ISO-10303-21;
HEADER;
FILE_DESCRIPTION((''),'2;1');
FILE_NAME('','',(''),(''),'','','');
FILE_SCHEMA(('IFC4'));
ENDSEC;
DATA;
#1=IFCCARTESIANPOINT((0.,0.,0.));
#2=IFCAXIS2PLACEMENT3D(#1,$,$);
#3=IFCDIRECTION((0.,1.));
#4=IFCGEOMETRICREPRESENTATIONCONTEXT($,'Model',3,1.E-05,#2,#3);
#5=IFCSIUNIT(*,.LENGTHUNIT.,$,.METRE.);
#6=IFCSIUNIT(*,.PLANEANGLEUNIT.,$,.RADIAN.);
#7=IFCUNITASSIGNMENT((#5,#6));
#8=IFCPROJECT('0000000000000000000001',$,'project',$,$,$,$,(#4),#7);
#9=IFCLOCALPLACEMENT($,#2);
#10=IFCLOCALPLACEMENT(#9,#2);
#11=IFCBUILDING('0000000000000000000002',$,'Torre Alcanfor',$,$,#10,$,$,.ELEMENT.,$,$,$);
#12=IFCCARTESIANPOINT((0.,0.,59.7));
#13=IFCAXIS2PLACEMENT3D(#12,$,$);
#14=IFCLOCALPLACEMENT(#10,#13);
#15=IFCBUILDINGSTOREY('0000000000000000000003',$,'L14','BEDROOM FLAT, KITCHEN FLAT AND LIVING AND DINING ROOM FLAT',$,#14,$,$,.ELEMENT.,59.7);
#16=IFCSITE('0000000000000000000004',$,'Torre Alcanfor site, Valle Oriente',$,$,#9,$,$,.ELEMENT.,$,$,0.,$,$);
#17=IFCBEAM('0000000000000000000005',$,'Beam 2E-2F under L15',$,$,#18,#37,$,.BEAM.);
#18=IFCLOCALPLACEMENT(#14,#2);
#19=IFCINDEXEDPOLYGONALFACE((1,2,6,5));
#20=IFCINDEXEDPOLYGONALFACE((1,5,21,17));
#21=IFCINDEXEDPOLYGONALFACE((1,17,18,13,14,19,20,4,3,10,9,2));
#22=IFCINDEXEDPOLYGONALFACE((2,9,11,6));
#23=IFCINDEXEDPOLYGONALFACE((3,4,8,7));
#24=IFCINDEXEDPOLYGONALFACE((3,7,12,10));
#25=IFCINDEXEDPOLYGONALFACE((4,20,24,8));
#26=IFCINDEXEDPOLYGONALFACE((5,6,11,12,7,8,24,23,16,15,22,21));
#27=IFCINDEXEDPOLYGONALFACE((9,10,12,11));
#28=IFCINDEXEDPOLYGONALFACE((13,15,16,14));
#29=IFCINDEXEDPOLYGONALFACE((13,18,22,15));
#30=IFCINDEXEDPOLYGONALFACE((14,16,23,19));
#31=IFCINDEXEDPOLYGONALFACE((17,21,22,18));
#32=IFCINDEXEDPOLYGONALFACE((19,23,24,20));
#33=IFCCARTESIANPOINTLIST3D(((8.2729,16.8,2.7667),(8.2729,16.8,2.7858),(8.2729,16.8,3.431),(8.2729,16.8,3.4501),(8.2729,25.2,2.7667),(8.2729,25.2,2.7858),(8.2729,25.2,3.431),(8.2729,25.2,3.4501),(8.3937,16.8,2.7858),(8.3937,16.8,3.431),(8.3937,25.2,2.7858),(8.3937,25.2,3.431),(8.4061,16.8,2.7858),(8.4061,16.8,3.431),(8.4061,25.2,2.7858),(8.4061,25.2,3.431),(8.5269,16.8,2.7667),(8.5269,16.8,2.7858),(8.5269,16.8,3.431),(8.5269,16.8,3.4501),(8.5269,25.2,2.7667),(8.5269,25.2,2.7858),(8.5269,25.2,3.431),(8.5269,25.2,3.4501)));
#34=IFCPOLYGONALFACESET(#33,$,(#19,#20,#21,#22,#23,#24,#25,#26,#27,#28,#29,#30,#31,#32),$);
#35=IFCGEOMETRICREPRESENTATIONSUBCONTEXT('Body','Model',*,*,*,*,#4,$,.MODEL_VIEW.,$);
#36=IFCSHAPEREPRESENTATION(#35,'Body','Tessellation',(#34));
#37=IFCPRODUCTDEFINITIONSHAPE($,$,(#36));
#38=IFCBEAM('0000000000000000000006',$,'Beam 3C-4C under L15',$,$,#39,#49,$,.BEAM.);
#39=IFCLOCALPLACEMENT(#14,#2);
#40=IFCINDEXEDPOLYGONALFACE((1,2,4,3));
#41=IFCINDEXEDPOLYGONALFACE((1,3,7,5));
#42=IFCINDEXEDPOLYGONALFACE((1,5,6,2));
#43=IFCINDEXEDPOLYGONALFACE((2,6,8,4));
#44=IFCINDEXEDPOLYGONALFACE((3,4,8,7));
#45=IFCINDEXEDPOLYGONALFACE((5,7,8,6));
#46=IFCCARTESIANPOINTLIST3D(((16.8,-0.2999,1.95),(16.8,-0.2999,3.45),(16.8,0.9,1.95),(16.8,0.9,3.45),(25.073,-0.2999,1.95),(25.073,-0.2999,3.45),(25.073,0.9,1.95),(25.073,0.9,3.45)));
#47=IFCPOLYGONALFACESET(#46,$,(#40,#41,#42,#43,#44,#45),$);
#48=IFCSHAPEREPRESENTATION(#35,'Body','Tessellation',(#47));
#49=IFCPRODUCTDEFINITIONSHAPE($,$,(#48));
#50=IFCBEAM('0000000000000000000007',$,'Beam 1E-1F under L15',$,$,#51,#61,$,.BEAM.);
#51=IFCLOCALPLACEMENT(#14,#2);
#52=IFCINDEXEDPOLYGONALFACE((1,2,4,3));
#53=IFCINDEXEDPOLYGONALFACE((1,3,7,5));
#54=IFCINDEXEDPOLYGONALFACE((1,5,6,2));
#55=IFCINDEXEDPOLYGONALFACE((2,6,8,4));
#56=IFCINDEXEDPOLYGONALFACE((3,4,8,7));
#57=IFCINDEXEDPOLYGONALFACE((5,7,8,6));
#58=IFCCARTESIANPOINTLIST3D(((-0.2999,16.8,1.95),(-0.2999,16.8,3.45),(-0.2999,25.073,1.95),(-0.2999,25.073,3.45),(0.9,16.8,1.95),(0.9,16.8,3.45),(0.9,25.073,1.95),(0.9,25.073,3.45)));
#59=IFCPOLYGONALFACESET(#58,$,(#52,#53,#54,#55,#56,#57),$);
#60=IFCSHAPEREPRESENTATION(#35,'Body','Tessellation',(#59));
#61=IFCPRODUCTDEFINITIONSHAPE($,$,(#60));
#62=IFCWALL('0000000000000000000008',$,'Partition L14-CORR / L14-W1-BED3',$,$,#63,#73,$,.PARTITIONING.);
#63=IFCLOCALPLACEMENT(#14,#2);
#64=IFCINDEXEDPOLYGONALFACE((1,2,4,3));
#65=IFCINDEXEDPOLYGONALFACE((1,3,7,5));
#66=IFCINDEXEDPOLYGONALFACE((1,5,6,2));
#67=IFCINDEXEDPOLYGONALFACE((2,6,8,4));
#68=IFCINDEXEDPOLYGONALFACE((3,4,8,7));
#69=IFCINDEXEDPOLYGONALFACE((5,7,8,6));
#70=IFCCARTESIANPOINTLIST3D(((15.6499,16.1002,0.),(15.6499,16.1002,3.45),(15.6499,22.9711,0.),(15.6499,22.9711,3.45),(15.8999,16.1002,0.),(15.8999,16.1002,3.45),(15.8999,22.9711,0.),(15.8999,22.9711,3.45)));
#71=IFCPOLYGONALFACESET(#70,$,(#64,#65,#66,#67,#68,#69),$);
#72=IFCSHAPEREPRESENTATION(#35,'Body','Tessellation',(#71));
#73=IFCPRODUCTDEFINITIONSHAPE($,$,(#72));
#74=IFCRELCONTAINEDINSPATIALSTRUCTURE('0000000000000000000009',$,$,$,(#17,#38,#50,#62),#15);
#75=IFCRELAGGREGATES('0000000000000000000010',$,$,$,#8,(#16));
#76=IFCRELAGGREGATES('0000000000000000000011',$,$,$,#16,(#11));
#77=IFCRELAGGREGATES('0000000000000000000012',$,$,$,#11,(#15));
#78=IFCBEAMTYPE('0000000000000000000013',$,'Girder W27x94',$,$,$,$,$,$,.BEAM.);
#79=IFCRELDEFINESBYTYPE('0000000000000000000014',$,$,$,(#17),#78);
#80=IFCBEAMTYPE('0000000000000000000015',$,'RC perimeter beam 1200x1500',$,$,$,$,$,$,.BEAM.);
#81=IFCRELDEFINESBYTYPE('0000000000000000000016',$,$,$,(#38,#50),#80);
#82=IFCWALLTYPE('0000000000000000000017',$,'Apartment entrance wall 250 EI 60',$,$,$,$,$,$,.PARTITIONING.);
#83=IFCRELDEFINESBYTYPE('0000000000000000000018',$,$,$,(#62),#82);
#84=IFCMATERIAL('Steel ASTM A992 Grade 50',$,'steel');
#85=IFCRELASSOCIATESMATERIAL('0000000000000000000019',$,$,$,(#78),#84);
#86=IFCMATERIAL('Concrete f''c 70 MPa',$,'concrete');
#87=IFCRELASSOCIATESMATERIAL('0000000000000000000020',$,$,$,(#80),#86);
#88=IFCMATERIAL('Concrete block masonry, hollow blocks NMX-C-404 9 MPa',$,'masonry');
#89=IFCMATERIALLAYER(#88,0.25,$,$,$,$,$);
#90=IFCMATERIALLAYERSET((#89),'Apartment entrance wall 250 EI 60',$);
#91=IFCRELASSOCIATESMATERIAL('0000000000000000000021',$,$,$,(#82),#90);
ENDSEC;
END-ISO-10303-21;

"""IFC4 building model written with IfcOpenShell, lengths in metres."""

from ifc_helpers import new_model, si_unit, direction, frame, frame_2d, origin, origin_2d, place, context, subcontext, project, spatial, rectangle, i_section, extrude, material, layer, layer_set, material_profile, profile_set, type_object, element, save


model = new_model("IFC4")

# Units and contexts
model_context = context("Model", 3, precision=1e-05, world=origin(), true_north=direction((0.0, 1.0)))
body_context = subcontext(model_context, "Body", "Model", "MODEL_VIEW")
ifc_project = project(units=[si_unit("LENGTHUNIT", "METRE"), si_unit("PLANEANGLEUNIT", "RADIAN")], contexts=[model_context])

# Site, building, storey
site_placement = place(None, origin())
site = spatial("IfcSite", under=ifc_project, at=site_placement, Name="Torre Alcanfor site, Valle Oriente", CompositionType="ELEMENT", RefElevation=0.0)
building_placement = place(site_placement, origin())
building = spatial("IfcBuilding", under=site, at=building_placement, Name="Torre Alcanfor", CompositionType="ELEMENT")
storey_placement = place(building_placement, frame((0.0, 0.0, 59.7)))
storey = spatial("IfcBuildingStorey", under=building, at=storey_placement, Name="L14", Description="BEDROOM FLAT, KITCHEN FLAT AND LIVING AND DINING ROOM FLAT", CompositionType="ELEMENT", Elevation=59.7)

# Beams
ifc_material_1 = material(Name="Steel ASTM A992 Grade 50", Category="steel")
ifc_material_profile_1 = material_profile(ifc_material_1, i_section(OverallWidth=0.2539, OverallDepth=0.6833, WebThickness=0.0125, FlangeThickness=0.019, at=origin_2d()), Name="W27x94")
ifc_profile_set_1 = profile_set([ifc_material_profile_1], Name="Steel ASTM A992 Grade 50")
beam_type_1 = type_object("IfcBeamType", Name="Girder W27x94", PredefinedType="BEAM", material=ifc_profile_set_1)
beam_placement = place(storey_placement, frame((8.3999, 16.8, 3.1084), z_axis=(0.0, 1.0, 0.0), x_axis=(-1.0, 0.0, 0.0)))
element("IfcBeam", 1, at=beam_placement, inside=storey, type_object=beam_type_1, Name="Beam 2E-2F under L15", PredefinedType="BEAM", context=body_context, shape_type="SweptSolid", body=[
    extrude(i_section(OverallWidth=0.2539, OverallDepth=0.6833, WebThickness=0.0125, FlangeThickness=0.019, at=origin_2d()), origin(), (0.0, 0.0, 1.0), 8.3999),
])
ifc_material_2 = material(Name="Concrete f'c 70 MPa", Category="concrete")
ifc_material_profile_2 = material_profile(ifc_material_2, rectangle(XDim=1.2, YDim=1.5, at=origin_2d()), Name="1200x1500")
ifc_profile_set_2 = profile_set([ifc_material_profile_2], Name="Concrete f'c 70 MPa")
beam_type_2 = type_object("IfcBeamType", Name="RC perimeter beam 1200x1500", PredefinedType="BEAM", material=ifc_profile_set_2)
for number, where, z_axis, x_axis, name in (
    (2, (16.8, 0.3, 2.7), (1.0, 0.0, 0.0), (0.0, 1.0, 0.0), "Beam 3C-4C under L15"),
    (3, (0.3, 16.8, 2.7), (0.0, 1.0, 0.0), (-1.0, 0.0, 0.0), "Beam 1E-1F under L15"),
):
    element("IfcBeam", number, at=place(storey_placement, frame(where, z_axis=z_axis, x_axis=x_axis)), inside=storey, type_object=beam_type_2, Name=name, PredefinedType="BEAM", context=body_context, shape_type="SweptSolid", body=[
        extrude(rectangle(XDim=1.2, YDim=1.5, at=origin_2d()), origin(), (0.0, 0.0, 1.0), 8.2729),
    ])

# Wall
ifc_material_3 = material(Name="Concrete block masonry, hollow blocks NMX-C-404 9 MPa", Category="masonry")
ifc_layer_1 = layer(ifc_material_3, 0.25)
ifc_layer_set_1 = layer_set([ifc_layer_1], Name="Apartment entrance wall 250 EI 60")
wall_type_1 = type_object("IfcWallType", Name="Apartment entrance wall 250 EI 60", PredefinedType="PARTITIONING", material=ifc_layer_set_1)
wall_1_placement = place(storey_placement, frame((15.7749, 16.1001, 0.0), z_axis=(0.0, 0.0, 1.0), x_axis=(0.0, 1.0, 0.0)))
element("IfcWall", 4, at=wall_1_placement, inside=storey, type_object=wall_type_1, Name="Partition L14-CORR / L14-W1-BED3", PredefinedType="PARTITIONING", context=body_context, shape_type="SweptSolid", body=[
    extrude(rectangle(XDim=6.8708, YDim=0.25, at=frame_2d((3.4355, 0.0))), origin(), (0.0, 0.0, 1.0), 3.45),
])

save(model, "model.ifc")
